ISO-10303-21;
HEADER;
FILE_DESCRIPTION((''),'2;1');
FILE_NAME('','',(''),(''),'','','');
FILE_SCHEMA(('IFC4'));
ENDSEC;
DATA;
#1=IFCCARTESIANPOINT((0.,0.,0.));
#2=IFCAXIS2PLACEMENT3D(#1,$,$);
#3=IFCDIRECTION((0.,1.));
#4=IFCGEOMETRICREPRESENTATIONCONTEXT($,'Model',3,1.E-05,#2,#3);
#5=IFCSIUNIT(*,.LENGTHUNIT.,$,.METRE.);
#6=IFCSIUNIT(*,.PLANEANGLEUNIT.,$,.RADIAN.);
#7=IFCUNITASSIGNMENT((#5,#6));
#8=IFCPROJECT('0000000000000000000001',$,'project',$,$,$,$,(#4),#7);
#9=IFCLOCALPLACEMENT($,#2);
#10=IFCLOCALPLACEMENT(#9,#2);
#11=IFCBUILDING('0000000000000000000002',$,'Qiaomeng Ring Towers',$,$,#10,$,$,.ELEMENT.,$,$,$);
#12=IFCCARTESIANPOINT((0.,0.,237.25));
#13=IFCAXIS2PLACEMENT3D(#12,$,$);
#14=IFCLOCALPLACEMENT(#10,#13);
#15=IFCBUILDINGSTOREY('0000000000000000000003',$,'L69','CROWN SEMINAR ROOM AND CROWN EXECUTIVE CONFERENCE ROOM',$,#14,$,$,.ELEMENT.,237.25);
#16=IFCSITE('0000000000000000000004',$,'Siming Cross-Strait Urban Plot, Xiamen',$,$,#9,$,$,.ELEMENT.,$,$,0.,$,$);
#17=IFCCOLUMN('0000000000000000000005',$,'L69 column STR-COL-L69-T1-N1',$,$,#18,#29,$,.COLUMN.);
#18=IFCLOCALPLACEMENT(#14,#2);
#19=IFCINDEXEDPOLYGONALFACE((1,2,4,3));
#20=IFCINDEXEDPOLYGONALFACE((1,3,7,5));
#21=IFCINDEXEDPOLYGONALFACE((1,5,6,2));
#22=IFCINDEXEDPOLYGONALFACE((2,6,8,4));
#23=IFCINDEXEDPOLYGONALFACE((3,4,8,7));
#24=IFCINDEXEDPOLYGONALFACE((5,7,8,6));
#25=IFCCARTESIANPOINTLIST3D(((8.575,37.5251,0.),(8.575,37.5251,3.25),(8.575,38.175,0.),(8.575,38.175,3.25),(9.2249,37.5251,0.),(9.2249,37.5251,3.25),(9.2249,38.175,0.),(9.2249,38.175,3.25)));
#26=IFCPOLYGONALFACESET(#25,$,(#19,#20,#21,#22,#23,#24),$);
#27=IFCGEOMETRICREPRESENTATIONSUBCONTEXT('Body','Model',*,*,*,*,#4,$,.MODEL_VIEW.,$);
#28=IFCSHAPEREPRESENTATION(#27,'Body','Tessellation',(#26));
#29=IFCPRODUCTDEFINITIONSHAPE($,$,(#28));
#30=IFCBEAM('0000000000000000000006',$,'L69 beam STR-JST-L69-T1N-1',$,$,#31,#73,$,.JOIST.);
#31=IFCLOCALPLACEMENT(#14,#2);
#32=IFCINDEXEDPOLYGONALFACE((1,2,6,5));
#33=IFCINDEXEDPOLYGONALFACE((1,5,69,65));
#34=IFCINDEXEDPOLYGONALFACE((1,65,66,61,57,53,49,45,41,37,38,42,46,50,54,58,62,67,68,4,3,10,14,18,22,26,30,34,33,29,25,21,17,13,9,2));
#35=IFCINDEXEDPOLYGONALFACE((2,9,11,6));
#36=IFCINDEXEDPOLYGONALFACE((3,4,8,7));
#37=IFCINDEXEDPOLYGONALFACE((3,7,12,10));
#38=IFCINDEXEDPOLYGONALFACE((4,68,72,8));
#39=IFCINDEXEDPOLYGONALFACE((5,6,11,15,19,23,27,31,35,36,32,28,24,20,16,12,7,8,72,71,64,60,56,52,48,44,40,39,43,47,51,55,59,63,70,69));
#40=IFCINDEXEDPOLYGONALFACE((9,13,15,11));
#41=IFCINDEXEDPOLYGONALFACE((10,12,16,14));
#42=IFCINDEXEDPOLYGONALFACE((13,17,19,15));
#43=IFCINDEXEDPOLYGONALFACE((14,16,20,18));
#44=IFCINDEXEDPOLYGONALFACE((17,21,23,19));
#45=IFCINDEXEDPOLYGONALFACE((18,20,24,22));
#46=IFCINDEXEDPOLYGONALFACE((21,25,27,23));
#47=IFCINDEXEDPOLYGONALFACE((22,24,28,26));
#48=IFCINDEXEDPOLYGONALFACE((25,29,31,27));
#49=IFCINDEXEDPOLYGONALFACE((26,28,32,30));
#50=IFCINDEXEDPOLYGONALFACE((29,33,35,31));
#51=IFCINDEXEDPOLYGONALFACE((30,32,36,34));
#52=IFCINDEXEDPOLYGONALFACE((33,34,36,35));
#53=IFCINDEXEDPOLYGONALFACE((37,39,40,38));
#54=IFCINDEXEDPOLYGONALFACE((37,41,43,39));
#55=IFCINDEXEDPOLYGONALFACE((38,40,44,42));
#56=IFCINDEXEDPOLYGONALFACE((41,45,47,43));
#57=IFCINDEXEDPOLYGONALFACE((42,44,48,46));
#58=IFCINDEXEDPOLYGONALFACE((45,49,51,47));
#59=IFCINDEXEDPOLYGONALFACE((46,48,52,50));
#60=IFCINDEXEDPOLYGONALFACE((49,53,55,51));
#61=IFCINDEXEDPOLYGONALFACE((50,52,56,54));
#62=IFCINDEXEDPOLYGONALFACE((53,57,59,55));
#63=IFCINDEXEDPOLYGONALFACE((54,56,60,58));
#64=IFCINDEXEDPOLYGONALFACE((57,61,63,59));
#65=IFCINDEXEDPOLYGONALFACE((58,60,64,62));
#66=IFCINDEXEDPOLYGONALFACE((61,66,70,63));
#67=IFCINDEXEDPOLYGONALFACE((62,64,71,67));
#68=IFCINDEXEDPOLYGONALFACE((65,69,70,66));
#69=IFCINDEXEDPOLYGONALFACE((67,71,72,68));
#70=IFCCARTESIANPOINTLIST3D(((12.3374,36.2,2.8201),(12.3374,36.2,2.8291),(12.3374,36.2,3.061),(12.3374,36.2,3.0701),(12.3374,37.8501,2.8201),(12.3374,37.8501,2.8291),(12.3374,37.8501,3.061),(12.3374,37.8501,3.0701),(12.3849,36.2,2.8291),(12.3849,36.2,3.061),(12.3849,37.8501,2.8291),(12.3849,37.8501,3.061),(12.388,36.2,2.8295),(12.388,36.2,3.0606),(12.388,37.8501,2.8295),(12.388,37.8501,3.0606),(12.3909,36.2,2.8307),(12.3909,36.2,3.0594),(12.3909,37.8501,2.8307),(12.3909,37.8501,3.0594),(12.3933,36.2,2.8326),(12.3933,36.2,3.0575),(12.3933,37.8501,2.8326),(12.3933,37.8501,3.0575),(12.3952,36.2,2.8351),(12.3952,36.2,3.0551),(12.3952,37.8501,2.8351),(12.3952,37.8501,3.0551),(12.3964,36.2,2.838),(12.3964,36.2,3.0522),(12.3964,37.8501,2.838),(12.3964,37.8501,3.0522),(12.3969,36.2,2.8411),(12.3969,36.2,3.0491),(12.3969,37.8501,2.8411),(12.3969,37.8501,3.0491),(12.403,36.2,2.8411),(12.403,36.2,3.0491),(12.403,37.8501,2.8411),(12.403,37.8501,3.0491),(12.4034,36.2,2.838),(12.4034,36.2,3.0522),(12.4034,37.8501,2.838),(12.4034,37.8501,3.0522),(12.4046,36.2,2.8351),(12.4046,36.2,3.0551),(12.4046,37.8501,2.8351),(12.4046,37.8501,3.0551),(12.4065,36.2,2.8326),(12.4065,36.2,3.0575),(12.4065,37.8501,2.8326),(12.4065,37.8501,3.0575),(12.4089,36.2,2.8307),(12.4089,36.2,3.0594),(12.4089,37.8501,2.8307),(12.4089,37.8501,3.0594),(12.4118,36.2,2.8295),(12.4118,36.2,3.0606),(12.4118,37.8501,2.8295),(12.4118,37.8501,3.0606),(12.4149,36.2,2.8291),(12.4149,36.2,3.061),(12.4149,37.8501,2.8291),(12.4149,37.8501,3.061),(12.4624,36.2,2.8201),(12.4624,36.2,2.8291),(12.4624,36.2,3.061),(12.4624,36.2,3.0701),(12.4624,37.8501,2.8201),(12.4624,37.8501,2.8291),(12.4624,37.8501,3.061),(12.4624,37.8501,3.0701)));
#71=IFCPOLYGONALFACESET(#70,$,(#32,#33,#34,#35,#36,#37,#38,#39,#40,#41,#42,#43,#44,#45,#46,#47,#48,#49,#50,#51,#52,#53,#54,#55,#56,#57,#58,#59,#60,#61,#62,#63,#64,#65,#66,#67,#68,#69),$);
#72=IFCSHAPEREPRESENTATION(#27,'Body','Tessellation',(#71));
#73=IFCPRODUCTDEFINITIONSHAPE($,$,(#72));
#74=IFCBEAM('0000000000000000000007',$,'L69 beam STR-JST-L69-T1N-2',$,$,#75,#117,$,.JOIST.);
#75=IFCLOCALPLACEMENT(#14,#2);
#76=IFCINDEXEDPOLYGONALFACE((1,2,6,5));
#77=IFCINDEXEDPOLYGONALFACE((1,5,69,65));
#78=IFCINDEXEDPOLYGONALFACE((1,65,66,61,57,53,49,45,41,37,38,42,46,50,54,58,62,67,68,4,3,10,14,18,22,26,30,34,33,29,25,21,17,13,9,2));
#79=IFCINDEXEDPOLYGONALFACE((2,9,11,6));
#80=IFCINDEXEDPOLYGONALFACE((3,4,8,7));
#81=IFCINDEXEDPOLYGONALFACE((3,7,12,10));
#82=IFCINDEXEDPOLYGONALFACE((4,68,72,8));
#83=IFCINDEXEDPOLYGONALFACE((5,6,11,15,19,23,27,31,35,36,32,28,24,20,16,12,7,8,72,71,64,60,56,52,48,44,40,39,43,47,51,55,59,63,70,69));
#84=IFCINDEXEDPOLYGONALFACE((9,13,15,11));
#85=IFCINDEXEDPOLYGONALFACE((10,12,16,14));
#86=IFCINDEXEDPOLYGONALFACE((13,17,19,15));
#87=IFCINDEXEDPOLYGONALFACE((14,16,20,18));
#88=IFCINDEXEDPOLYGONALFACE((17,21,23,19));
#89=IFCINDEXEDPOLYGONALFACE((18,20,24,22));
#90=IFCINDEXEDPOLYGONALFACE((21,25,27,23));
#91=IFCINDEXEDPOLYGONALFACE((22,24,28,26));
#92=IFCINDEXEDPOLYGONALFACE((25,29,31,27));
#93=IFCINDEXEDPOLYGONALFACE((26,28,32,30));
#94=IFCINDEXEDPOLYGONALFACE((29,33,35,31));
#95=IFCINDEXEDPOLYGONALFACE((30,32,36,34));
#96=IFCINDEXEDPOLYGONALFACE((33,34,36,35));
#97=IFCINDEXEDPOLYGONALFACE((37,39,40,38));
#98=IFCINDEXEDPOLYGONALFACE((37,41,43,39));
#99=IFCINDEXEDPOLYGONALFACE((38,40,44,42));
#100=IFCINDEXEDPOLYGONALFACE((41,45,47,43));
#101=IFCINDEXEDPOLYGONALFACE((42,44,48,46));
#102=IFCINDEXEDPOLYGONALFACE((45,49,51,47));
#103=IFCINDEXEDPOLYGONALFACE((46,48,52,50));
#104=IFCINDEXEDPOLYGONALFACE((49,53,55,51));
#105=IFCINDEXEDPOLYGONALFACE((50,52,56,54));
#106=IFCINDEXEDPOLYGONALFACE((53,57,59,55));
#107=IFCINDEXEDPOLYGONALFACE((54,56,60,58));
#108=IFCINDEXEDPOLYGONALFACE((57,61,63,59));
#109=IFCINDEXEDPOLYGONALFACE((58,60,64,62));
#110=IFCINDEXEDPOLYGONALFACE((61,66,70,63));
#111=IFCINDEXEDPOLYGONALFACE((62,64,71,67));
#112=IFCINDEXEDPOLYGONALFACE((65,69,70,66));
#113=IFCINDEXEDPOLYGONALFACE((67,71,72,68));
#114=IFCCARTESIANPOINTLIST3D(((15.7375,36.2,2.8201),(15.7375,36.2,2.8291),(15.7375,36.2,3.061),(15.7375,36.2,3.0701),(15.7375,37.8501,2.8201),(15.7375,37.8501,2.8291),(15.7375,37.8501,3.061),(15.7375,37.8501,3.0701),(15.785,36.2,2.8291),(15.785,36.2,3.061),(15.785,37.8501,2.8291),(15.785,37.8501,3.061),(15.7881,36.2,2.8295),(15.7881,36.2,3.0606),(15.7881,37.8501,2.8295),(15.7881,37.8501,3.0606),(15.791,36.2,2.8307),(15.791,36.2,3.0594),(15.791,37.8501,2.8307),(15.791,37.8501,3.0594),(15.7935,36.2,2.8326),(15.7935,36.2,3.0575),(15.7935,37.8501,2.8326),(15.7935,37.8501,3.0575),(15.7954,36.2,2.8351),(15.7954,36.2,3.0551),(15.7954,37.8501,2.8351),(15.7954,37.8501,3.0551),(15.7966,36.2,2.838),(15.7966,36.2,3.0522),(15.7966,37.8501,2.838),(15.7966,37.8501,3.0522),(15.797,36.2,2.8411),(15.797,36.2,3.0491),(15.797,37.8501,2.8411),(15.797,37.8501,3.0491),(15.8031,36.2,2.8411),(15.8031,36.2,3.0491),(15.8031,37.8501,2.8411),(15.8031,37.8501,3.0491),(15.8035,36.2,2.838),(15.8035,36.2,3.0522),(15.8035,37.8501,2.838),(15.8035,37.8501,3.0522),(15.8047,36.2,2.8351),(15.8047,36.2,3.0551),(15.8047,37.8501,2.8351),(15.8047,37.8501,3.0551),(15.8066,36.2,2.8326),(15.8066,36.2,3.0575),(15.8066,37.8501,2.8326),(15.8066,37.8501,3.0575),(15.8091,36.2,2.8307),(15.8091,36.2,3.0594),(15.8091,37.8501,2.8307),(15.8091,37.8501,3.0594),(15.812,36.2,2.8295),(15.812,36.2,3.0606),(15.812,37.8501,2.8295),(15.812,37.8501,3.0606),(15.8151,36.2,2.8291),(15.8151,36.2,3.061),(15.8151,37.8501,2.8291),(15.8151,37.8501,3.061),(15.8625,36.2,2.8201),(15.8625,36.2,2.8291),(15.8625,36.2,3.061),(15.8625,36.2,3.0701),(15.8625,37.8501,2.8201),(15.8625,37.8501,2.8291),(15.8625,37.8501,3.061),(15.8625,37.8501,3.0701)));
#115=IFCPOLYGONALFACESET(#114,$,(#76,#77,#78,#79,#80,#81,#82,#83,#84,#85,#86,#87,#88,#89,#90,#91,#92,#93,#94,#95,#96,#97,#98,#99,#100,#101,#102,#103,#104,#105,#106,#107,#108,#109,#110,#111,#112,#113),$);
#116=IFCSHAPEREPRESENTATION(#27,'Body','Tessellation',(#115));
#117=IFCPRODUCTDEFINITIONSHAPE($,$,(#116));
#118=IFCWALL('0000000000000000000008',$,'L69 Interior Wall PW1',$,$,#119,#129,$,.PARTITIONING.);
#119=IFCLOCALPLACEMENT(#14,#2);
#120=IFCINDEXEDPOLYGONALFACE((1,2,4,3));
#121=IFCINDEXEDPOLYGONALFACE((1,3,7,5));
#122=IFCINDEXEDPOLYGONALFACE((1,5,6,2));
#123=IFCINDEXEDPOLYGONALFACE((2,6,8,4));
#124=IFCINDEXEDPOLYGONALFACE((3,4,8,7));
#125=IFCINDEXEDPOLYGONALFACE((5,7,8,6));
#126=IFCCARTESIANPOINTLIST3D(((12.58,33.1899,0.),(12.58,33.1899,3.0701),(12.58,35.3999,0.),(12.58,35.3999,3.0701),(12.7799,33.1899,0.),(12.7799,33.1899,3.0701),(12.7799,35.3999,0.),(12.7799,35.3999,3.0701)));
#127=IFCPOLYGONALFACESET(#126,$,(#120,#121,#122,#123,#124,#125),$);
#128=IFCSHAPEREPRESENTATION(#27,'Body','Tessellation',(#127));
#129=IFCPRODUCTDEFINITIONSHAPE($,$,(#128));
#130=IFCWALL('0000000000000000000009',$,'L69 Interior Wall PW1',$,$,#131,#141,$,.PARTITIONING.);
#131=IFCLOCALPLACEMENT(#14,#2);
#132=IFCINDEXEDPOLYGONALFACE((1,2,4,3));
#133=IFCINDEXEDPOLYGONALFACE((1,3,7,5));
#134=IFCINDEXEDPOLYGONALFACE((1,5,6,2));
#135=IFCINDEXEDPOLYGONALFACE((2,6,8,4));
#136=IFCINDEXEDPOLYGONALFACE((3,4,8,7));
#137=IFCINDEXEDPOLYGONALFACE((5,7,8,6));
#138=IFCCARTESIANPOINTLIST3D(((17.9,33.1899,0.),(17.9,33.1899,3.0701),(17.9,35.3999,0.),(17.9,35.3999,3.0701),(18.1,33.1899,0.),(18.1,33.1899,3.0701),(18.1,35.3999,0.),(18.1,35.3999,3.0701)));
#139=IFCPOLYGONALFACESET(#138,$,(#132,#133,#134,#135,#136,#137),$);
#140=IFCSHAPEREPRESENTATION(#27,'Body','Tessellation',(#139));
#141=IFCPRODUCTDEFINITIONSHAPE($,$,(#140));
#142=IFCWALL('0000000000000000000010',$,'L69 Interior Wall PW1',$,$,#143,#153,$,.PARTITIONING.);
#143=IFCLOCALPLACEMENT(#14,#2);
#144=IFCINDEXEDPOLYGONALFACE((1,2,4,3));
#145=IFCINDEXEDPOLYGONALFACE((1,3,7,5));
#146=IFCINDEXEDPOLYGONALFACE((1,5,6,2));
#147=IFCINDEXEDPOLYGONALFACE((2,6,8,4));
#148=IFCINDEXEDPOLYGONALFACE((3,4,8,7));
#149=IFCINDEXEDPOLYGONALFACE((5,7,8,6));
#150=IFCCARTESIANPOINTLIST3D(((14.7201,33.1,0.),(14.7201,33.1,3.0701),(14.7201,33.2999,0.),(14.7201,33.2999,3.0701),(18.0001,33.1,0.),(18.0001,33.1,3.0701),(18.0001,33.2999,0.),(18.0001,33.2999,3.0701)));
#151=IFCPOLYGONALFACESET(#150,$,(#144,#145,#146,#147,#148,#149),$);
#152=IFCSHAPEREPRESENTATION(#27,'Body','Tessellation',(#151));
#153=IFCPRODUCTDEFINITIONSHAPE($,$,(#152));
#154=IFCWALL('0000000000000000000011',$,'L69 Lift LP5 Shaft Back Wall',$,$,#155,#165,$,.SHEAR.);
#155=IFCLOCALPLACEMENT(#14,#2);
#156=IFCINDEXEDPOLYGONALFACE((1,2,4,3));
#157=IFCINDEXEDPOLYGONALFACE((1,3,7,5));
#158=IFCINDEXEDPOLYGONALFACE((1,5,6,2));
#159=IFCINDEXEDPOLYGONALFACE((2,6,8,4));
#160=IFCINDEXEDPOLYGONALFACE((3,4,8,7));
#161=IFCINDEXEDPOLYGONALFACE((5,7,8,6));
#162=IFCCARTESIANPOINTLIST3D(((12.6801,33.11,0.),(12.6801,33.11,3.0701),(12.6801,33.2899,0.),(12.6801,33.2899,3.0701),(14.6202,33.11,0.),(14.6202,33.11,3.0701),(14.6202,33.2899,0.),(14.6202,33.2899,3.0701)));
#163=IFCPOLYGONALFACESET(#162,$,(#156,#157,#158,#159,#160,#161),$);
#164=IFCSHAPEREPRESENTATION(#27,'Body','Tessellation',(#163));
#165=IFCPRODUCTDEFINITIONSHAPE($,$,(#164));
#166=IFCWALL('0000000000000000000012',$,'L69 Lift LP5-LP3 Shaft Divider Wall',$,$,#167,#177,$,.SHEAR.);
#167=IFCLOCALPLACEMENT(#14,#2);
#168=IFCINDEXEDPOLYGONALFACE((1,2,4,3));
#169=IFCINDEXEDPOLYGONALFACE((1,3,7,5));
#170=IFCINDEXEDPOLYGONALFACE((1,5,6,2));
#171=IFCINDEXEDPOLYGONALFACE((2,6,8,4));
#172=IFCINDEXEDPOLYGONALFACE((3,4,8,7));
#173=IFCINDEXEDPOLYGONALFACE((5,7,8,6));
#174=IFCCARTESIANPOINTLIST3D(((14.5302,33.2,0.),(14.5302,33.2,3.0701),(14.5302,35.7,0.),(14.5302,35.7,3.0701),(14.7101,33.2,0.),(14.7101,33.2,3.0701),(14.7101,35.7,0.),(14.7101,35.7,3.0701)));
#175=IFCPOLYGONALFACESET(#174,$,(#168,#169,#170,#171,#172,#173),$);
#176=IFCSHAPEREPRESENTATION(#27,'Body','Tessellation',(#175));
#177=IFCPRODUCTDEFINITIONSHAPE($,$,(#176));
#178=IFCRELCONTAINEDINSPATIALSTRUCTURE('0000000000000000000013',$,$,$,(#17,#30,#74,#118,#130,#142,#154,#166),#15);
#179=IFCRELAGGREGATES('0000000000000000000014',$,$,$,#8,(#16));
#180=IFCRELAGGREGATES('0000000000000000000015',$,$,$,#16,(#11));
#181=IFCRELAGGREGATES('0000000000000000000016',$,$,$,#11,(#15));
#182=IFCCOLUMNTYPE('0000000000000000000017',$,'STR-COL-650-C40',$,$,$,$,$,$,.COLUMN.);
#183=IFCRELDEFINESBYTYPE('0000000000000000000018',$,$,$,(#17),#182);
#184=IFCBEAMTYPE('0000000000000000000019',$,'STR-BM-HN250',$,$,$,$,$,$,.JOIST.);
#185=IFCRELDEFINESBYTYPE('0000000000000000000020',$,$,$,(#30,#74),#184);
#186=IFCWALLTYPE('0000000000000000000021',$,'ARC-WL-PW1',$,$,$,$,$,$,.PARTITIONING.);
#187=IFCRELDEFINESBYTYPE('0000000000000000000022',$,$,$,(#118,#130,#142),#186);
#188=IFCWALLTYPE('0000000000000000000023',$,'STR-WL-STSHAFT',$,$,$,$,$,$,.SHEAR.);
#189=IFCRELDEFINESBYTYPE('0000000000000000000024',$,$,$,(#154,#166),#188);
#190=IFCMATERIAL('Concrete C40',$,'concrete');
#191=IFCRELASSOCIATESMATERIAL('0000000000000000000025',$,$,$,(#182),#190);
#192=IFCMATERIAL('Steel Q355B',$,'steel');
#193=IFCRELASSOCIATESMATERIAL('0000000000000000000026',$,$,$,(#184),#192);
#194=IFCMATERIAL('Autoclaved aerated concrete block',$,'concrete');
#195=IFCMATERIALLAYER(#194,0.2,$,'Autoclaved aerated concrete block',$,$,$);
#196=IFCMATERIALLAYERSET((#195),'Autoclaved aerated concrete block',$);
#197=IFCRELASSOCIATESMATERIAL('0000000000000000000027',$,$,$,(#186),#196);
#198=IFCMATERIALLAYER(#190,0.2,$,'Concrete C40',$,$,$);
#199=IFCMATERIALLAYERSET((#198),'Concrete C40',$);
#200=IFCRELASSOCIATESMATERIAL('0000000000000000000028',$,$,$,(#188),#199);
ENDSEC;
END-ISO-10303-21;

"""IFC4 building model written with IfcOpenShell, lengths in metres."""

from ifc_helpers import new_model, si_unit, direction, frame, frame_2d, origin, origin_2d, place, context, subcontext, project, spatial, rectangle, i_section, extrude, source, transform, mapped, material, layer, layer_set, material_profile, profile_set, type_object, element, save


model = new_model("IFC4")

# Units and contexts
model_context = context("Model", 3, precision=1e-05, world=origin(), true_north=direction((0.0, 1.0)))
body_context = subcontext(model_context, "Body", "Model", "MODEL_VIEW")
ifc_project = project(units=[si_unit("LENGTHUNIT", "METRE"), si_unit("PLANEANGLEUNIT", "RADIAN")], contexts=[model_context])

# Site, building, storey
site_placement = place(None, origin())
site = spatial("IfcSite", under=ifc_project, at=site_placement, Name="Siming Cross-Strait Urban Plot, Xiamen", CompositionType="ELEMENT", RefElevation=0.0)
building_placement = place(site_placement, origin())
building = spatial("IfcBuilding", under=site, at=building_placement, Name="Qiaomeng Ring Towers", CompositionType="ELEMENT")
storey_placement = place(building_placement, frame((0.0, 0.0, 237.25)))
storey = spatial("IfcBuildingStorey", under=building, at=storey_placement, Name="L69", Description="CROWN SEMINAR ROOM AND CROWN EXECUTIVE CONFERENCE ROOM", CompositionType="ELEMENT", Elevation=237.25)

# Column
ifc_material_1 = material(Name="Concrete C40", Category="concrete")
ifc_material_profile_1 = material_profile(ifc_material_1, rectangle(XDim=0.6499, YDim=0.6499, at=origin_2d()), Name="RC COL 650x650")
ifc_profile_set_1 = profile_set([ifc_material_profile_1], Name="Concrete C40")
column_type = type_object("IfcColumnType", Name="STR-COL-650-C40", PredefinedType="COLUMN", material=ifc_profile_set_1)
shared_shape_1 = source(origin(), body_context, "Body", "SweptSolid", [
    extrude(rectangle(XDim=0.6499, YDim=0.6499, at=origin_2d()), origin(), (0.0, 0.0, 1.0), 3.25),
])
column_placement = place(storey_placement, frame((8.8999, 37.8501, 0.0), z_axis=(0.0, 0.0, 1.0), x_axis=(1.0, 0.0, 0.0)))
element("IfcColumn", 1, at=column_placement, inside=storey, type_object=column_type, Name="L69 column STR-COL-L69-T1-N1", PredefinedType="COLUMN", context=body_context, shape_type="MappedRepresentation", body=[
    mapped(shared_shape_1, transform((0.0, 0.0, 0.0), x_axis=(1.0, 0.0, 0.0), y_axis=(0.0, 1.0, 0.0), z_axis=(0.0, 0.0, 1.0), scale=1.0)),
])

# Beams
ifc_material_2 = material(Name="Steel Q355B", Category="steel")
ifc_material_profile_2 = material_profile(ifc_material_2, i_section(OverallWidth=0.125, OverallDepth=0.25, WebThickness=0.0061, FlangeThickness=0.009, FilletRadius=0.012, at=origin_2d()), Name="HN 250x125x6x9")
ifc_profile_set_2 = profile_set([ifc_material_profile_2], Name="Steel Q355B")
beam_type = type_object("IfcBeamType", Name="STR-BM-HN250", PredefinedType="JOIST", material=ifc_profile_set_2)
shared_shape_2 = source(origin(), body_context, "Body", "SweptSolid", [
    extrude(i_section(OverallWidth=0.125, OverallDepth=0.25, WebThickness=0.0061, FlangeThickness=0.009, FilletRadius=0.012, at=origin_2d()), origin(), (0.0, 0.0, 1.0), 1.6501),
])
for number, where, z_axis, x_axis, name in (
    (2, (12.3999, 36.2, 2.9451), (0.0, 1.0, 0.0), (-1.0, 0.0, 0.0), "L69 beam STR-JST-L69-T1N-1"),
    (3, (15.8, 36.2, 2.9451), (0.0, 1.0, 0.0), (-1.0, 0.0, 0.0), "L69 beam STR-JST-L69-T1N-2"),
):
    element("IfcBeam", number, at=place(storey_placement, frame(where, z_axis=z_axis, x_axis=x_axis)), inside=storey, type_object=beam_type, Name=name, PredefinedType="JOIST", context=body_context, shape_type="MappedRepresentation", body=[
        mapped(shared_shape_2, transform((0.0, 0.0, 0.0), x_axis=(1.0, 0.0, 0.0), y_axis=(0.0, 1.0, 0.0), z_axis=(0.0, 0.0, 1.0), scale=1.0)),
    ])

# Walls
ifc_material_3 = material(Name="Autoclaved aerated concrete block", Category="concrete")
ifc_layer_1 = layer(ifc_material_3, 0.2, Name="Autoclaved aerated concrete block")
ifc_layer_set_1 = layer_set([ifc_layer_1], Name="Autoclaved aerated concrete block")
wall_type_1 = type_object("IfcWallType", Name="ARC-WL-PW1", PredefinedType="PARTITIONING", material=ifc_layer_set_1)
for number, where, z_axis, x_axis, name in (
    (4, (12.6799, 33.1899, 0.0), (0.0, 0.0, 1.0), (0.0, 1.0, 0.0), "L69 Interior Wall PW1"),
    (5, (18.0, 33.1899, 0.0), (0.0, 0.0, 1.0), (0.0, 1.0, 0.0), "L69 Interior Wall PW1"),
):
    element("IfcWall", number, at=place(storey_placement, frame(where, z_axis=z_axis, x_axis=x_axis)), inside=storey, type_object=wall_type_1, Name=name, PredefinedType="PARTITIONING", context=body_context, shape_type="SweptSolid", body=[
        extrude(rectangle(XDim=2.21, YDim=0.2, at=frame_2d((1.105, 0.0))), origin(), (0.0, 0.0, 1.0), 3.0701),
    ])
wall_1_placement = place(storey_placement, frame((14.72, 33.2, 0.0), z_axis=(0.0, 0.0, 1.0), x_axis=(1.0, 0.0, 0.0)))
element("IfcWall", 6, at=wall_1_placement, inside=storey, type_object=wall_type_1, Name="L69 Interior Wall PW1", PredefinedType="PARTITIONING", context=body_context, shape_type="SweptSolid", body=[
    extrude(rectangle(XDim=3.28, YDim=0.2, at=frame_2d((1.6401, 0.0))), origin(), (0.0, 0.0, 1.0), 3.0701),
])
ifc_layer_2 = layer(ifc_material_1, 0.2, Name="Concrete C40")
ifc_layer_set_2 = layer_set([ifc_layer_2], Name="Concrete C40")
wall_type_2 = type_object("IfcWallType", Name="STR-WL-STSHAFT", PredefinedType="SHEAR", material=ifc_layer_set_2)
wall_2_placement = place(storey_placement, frame((12.6799, 33.2, 0.0), z_axis=(0.0, 0.0, 1.0), x_axis=(1.0, 0.0, 0.0)))
element("IfcWall", 7, at=wall_2_placement, inside=storey, type_object=wall_type_2, Name="L69 Lift LP5 Shaft Back Wall", PredefinedType="SHEAR", context=body_context, shape_type="SweptSolid", body=[
    extrude(rectangle(XDim=1.9402, YDim=0.1799, at=frame_2d((0.9702, 0.0))), origin(), (0.0, 0.0, 1.0), 3.0701),
])
wall_3_placement = place(storey_placement, frame((14.6201, 33.2, 0.0), z_axis=(0.0, 0.0, 1.0), x_axis=(0.0, 1.0, 0.0)))
element("IfcWall", 8, at=wall_3_placement, inside=storey, type_object=wall_type_2, Name="L69 Lift LP5-LP3 Shaft Divider Wall", PredefinedType="SHEAR", context=body_context, shape_type="SweptSolid", body=[
    extrude(rectangle(XDim=2.5, YDim=0.1799, at=frame_2d((1.25, 0.0))), origin(), (0.0, 0.0, 1.0), 3.0701),
])

save(model, "model.ifc")
